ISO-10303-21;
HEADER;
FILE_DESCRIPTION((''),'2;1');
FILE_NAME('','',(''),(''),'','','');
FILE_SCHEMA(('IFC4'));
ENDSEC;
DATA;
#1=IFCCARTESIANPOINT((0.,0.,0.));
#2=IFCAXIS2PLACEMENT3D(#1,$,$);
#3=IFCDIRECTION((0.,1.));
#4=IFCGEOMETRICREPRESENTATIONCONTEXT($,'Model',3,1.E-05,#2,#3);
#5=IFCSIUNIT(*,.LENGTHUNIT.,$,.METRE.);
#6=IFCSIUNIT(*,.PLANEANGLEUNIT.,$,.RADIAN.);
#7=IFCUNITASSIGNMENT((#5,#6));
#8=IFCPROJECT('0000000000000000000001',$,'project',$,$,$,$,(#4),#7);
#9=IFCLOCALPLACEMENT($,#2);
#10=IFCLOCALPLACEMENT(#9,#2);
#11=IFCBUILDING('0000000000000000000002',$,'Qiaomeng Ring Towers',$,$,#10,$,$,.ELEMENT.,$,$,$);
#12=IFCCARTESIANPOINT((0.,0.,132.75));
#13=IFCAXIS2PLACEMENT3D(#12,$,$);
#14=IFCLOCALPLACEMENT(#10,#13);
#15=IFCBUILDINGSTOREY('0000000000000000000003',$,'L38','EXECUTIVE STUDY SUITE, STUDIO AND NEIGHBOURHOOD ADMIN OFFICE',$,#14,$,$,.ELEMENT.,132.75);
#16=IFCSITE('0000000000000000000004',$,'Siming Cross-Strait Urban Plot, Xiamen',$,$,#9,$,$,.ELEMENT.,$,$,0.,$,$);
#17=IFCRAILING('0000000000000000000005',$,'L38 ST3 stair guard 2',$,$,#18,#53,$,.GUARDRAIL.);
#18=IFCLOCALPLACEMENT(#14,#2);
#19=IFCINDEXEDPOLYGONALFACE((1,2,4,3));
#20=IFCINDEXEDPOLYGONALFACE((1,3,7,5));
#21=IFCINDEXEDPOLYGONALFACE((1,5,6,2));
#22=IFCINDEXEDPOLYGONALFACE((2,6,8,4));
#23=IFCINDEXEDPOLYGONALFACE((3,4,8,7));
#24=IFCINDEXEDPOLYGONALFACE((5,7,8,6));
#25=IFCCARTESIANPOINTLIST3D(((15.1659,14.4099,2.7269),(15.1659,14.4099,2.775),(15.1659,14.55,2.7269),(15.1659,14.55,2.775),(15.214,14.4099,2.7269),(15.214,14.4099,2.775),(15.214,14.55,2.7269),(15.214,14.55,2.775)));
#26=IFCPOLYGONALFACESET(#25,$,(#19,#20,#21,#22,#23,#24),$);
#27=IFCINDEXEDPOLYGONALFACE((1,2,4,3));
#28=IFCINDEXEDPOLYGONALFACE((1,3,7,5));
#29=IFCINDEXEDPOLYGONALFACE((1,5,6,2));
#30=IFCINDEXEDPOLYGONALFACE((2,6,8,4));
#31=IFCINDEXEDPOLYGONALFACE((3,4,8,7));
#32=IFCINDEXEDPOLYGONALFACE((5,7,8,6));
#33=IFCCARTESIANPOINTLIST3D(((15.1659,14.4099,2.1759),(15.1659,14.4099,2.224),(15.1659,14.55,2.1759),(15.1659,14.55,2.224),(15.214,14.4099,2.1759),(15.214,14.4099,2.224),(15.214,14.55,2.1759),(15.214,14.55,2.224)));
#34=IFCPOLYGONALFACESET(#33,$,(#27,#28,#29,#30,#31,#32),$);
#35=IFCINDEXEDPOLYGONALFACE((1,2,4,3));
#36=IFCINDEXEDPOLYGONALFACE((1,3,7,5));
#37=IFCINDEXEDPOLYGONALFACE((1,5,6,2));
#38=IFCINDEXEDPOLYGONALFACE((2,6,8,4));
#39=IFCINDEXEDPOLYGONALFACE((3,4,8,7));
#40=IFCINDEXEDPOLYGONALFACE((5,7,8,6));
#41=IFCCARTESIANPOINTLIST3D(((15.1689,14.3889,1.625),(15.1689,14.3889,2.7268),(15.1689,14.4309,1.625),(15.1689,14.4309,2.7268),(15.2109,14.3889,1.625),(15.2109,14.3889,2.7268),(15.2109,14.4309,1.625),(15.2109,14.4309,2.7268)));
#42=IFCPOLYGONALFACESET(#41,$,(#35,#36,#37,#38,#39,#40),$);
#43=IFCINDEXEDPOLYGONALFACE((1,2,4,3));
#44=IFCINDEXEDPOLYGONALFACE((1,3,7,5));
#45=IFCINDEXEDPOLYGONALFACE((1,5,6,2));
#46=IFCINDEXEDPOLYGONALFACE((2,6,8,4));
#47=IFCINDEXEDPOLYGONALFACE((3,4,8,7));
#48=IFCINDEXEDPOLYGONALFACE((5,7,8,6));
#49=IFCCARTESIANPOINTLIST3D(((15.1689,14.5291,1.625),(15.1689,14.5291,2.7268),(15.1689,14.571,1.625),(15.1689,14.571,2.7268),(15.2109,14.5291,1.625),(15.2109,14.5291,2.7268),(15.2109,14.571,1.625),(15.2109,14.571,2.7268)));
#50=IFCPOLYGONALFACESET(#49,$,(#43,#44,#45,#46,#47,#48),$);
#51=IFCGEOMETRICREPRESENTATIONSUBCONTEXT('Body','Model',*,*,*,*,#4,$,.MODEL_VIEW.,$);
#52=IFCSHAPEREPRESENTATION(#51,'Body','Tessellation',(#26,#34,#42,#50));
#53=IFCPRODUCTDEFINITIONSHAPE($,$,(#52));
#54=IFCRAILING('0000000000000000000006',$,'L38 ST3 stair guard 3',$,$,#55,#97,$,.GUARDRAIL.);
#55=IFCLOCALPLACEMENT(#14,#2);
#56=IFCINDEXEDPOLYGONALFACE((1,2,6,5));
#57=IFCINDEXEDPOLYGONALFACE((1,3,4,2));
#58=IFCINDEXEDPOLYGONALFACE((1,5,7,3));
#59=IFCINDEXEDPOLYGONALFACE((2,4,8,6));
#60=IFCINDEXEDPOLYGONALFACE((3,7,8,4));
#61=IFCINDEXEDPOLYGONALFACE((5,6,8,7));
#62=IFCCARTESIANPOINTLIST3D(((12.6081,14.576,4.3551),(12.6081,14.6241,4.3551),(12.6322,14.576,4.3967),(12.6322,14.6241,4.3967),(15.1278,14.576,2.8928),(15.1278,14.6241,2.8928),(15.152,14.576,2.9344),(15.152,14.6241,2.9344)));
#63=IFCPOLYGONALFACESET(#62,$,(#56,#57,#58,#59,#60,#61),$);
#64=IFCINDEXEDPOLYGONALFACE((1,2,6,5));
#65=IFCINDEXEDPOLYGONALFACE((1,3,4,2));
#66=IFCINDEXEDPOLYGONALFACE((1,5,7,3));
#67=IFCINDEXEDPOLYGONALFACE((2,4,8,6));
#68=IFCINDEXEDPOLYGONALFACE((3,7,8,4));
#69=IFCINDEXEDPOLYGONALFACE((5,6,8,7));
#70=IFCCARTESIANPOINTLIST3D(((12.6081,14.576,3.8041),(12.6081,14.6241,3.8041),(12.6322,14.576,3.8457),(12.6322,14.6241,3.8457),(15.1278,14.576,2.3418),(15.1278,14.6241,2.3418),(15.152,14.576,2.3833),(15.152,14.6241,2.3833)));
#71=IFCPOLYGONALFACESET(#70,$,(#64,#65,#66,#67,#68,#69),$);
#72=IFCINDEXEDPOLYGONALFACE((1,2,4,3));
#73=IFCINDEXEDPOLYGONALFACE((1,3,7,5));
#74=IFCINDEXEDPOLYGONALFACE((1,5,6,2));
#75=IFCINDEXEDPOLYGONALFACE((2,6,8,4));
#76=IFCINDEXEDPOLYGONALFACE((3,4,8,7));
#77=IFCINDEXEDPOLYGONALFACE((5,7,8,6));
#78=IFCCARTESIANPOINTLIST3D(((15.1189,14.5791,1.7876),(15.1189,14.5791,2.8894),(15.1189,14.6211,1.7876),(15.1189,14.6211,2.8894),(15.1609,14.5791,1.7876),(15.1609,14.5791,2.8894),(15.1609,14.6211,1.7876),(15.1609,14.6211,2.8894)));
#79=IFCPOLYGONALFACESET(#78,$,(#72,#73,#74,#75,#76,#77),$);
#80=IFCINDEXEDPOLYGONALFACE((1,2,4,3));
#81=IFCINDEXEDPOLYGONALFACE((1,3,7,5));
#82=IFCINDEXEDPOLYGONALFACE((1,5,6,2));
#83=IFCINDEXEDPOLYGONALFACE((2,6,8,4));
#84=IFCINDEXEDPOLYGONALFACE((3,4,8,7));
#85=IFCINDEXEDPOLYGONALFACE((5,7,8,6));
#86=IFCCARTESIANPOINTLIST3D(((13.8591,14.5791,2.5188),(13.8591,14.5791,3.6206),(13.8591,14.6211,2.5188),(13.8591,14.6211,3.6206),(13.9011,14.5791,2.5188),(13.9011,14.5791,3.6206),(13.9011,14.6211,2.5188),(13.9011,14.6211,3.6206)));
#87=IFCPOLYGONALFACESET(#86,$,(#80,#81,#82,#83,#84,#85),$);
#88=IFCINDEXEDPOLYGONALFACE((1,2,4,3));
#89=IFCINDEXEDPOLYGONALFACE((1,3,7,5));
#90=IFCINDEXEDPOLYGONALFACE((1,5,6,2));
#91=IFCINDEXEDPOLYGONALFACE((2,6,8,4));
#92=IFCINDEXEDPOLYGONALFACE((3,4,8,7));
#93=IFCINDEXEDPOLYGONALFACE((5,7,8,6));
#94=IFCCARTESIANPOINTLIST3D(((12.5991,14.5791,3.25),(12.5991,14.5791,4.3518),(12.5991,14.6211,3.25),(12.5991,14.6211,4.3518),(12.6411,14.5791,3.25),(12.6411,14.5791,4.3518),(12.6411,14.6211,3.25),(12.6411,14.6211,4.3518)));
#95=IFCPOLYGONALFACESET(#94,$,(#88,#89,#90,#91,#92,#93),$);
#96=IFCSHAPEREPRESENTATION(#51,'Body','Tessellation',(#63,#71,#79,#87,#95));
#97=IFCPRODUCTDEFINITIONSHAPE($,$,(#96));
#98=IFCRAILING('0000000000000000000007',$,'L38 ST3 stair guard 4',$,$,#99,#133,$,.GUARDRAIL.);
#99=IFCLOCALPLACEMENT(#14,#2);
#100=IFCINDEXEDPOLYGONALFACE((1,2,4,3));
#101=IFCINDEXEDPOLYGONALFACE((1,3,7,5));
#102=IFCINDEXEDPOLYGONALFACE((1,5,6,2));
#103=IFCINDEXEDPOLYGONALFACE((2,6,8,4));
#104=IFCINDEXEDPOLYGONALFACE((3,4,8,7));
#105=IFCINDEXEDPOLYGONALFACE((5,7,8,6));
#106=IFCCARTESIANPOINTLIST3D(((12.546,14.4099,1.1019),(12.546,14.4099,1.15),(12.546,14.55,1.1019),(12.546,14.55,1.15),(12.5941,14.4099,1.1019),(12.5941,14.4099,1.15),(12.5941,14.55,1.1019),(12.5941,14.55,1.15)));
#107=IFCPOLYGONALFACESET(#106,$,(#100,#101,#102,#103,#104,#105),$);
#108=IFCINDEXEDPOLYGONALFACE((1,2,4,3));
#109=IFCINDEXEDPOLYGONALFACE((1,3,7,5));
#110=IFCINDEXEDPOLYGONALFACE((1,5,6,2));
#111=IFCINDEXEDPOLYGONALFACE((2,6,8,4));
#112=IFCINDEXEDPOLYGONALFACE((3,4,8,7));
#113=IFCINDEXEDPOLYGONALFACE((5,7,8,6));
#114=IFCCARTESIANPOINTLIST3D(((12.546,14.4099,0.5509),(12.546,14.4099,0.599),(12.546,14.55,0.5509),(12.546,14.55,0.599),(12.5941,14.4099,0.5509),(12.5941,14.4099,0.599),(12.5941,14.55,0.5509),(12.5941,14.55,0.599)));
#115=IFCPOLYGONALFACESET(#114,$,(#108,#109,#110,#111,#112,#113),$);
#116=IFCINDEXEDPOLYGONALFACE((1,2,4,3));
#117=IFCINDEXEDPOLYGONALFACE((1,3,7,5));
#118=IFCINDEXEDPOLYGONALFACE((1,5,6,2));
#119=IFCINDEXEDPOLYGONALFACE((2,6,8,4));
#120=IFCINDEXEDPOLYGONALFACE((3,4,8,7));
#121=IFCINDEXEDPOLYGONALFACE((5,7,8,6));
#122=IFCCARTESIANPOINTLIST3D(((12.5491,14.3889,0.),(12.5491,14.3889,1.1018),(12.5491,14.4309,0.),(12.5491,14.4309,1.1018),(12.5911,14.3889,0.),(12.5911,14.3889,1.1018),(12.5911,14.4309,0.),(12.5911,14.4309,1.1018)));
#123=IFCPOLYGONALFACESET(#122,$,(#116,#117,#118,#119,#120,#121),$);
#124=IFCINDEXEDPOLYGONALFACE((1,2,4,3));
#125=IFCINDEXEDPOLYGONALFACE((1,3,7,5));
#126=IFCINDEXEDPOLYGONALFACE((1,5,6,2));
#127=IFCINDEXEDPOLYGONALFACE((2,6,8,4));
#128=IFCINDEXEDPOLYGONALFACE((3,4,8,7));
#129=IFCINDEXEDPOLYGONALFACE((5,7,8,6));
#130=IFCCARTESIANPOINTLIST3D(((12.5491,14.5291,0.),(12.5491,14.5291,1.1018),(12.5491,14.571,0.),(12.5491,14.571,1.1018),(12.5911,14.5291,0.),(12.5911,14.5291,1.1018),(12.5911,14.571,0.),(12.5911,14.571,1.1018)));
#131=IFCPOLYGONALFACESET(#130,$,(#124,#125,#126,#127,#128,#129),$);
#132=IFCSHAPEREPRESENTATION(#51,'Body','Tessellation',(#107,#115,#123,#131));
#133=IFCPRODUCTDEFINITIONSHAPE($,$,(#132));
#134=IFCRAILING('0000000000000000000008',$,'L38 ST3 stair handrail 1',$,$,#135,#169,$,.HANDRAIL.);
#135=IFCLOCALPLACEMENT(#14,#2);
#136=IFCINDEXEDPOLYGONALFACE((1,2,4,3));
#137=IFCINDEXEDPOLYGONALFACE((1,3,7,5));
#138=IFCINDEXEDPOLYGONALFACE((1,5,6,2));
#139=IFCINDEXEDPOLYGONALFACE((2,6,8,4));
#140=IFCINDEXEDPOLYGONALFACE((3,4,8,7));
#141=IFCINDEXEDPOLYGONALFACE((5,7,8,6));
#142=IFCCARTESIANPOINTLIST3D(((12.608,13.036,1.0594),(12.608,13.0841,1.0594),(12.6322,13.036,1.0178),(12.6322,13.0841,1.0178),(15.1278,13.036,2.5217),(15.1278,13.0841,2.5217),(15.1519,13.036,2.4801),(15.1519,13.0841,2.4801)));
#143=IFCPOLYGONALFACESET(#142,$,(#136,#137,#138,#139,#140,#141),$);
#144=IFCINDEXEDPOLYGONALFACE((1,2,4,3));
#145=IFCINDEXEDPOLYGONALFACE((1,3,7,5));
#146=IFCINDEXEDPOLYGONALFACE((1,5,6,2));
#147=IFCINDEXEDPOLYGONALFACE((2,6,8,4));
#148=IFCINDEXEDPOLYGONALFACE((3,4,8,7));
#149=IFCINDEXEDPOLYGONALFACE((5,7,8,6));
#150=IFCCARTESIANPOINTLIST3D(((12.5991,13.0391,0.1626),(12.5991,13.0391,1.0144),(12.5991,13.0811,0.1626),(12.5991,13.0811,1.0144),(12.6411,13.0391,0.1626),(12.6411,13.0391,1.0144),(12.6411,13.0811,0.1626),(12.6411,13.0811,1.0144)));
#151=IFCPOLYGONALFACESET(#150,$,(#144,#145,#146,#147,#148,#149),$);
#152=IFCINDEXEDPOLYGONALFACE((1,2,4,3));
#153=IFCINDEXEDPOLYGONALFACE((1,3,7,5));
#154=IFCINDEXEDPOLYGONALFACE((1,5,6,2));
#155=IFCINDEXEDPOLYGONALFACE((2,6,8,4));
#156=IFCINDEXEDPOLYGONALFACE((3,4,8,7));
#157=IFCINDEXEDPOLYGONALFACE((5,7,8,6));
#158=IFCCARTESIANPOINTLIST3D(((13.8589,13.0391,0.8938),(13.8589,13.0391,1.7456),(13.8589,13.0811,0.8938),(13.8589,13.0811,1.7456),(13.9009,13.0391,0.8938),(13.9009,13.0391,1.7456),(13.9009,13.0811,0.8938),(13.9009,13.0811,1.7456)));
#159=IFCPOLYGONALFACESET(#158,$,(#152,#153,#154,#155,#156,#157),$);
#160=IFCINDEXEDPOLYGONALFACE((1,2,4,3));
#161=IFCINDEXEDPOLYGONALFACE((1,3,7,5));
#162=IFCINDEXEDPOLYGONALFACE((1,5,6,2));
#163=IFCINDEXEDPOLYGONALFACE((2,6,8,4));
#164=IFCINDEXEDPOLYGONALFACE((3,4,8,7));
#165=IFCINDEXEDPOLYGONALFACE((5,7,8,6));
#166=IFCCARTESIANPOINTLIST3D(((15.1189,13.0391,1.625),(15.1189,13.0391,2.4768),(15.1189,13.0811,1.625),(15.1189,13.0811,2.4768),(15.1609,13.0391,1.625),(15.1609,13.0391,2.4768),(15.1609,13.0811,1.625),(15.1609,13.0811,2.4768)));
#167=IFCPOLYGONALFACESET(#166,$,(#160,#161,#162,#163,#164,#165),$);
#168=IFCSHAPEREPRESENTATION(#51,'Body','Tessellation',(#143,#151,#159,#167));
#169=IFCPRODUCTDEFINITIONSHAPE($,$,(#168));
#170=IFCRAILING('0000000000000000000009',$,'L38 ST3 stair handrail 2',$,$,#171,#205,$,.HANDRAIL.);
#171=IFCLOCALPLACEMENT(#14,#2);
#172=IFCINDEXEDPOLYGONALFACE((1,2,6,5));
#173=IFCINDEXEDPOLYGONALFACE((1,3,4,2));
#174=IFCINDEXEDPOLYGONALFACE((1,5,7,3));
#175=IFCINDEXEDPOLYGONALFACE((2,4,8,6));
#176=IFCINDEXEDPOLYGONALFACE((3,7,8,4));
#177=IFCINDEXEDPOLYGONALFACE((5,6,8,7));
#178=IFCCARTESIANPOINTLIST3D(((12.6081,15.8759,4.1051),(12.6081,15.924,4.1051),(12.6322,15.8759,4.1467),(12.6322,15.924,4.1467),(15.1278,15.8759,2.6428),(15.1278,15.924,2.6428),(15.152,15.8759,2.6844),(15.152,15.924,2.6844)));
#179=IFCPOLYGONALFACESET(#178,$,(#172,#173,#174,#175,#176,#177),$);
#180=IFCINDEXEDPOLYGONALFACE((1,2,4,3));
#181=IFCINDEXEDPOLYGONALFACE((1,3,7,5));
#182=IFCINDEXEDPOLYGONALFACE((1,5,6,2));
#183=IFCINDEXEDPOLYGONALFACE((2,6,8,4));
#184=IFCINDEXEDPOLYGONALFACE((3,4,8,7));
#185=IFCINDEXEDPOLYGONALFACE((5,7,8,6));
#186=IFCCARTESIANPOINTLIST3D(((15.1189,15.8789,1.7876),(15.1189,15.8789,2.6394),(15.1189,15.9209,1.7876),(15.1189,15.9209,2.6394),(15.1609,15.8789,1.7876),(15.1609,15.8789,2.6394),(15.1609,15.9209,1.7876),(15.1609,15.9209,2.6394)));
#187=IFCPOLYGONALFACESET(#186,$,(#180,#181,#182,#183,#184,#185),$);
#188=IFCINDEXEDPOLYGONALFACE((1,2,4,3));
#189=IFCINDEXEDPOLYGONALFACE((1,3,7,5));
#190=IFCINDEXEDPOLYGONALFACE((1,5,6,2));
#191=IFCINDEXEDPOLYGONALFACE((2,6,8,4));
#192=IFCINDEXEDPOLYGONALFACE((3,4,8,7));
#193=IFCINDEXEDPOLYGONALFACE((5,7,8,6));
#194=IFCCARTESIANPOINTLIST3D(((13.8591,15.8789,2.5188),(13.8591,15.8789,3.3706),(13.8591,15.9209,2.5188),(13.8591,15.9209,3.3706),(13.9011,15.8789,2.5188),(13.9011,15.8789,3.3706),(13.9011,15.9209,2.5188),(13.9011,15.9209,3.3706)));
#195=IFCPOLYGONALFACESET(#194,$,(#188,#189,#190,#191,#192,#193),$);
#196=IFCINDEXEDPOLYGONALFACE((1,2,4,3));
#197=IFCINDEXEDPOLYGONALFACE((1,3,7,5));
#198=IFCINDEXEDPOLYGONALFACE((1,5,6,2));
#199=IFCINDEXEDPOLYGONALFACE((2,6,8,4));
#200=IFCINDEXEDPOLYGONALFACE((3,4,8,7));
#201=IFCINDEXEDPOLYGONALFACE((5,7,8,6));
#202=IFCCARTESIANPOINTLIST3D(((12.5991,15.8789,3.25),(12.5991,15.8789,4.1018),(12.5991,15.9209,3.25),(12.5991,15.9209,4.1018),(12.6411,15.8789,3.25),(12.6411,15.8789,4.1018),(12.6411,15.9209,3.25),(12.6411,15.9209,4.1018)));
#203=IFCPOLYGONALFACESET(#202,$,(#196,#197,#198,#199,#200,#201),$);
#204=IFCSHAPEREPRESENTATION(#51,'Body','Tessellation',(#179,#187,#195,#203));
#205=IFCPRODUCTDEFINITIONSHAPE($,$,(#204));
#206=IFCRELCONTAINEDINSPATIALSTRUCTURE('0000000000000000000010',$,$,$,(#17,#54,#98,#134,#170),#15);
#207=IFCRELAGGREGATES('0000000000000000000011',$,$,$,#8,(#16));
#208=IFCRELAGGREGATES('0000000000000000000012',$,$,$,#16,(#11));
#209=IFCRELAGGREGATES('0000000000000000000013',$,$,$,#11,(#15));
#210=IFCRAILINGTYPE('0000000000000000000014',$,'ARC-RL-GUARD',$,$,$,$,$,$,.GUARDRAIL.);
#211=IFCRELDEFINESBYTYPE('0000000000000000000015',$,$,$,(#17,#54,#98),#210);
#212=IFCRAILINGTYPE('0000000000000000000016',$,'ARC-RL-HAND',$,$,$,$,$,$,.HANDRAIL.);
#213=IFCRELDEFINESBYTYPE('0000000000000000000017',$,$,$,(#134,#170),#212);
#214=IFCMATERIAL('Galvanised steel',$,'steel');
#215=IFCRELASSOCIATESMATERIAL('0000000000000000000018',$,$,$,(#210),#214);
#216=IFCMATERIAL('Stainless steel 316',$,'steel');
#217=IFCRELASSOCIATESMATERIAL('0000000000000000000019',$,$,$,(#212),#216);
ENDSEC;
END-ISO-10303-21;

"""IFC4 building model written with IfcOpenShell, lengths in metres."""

from ifc_helpers import new_model, si_unit, direction, frame, origin, origin_2d, place, context, subcontext, project, spatial, rectangle, extrude, material, type_object, element, save


model = new_model("IFC4")

# Units and contexts
model_context = context("Model", 3, precision=1e-05, world=origin(), true_north=direction((0.0, 1.0)))
body_context = subcontext(model_context, "Body", "Model", "MODEL_VIEW")
ifc_project = project(units=[si_unit("LENGTHUNIT", "METRE"), si_unit("PLANEANGLEUNIT", "RADIAN")], contexts=[model_context])

# Site, building, storey
site_placement = place(None, origin())
site = spatial("IfcSite", under=ifc_project, at=site_placement, Name="Siming Cross-Strait Urban Plot, Xiamen", CompositionType="ELEMENT", RefElevation=0.0)
building_placement = place(site_placement, origin())
building = spatial("IfcBuilding", under=site, at=building_placement, Name="Qiaomeng Ring Towers", CompositionType="ELEMENT")
storey_placement = place(building_placement, frame((0.0, 0.0, 132.75)))
storey = spatial("IfcBuildingStorey", under=building, at=storey_placement, Name="L38", Description="EXECUTIVE STUDY SUITE, STUDIO AND NEIGHBOURHOOD ADMIN OFFICE", CompositionType="ELEMENT", Elevation=132.75)

# Shared definitions
ifc_material_1 = material(Name="Galvanised steel", Category="steel")

# Railings
railing_type_1 = type_object("IfcRailingType", Name="ARC-RL-GUARD", PredefinedType="GUARDRAIL", material=ifc_material_1)
railing_1_placement = place(storey_placement, frame((15.1899, 14.4099, 1.625)))
element("IfcRailing", 1, at=railing_1_placement, inside=storey, type_object=railing_type_1, Name="L38 ST3 stair guard 2", PredefinedType="GUARDRAIL", context=body_context, shape_type="SweptSolid", body=[
    extrude(rectangle(XDim=0.0481, YDim=0.0481, at=origin_2d()), frame((0.0, 0.0, 1.126), z_axis=(0.0, 1.0, 0.0), x_axis=(-1.0, 0.0, 0.0)), (0.0, 0.0, 1.0), 0.1401),
    extrude(rectangle(XDim=0.0481, YDim=0.0481, at=origin_2d()), frame((0.0, 0.0, 0.575), z_axis=(0.0, 1.0, 0.0), x_axis=(-1.0, 0.0, 0.0)), (0.0, 0.0, 1.0), 0.1401),
    extrude(rectangle(XDim=0.042, YDim=0.042, at=origin_2d()), origin(), (0.0, 0.0, 1.0), 1.1018),
    extrude(rectangle(XDim=0.042, YDim=0.042, at=origin_2d()), frame((0.0, 0.1401, 0.0)), (0.0, 0.0, 1.0), 1.1018),
])
railing_2_placement = place(storey_placement, frame((15.1399, 14.6001, 1.7876)))
element("IfcRailing", 2, at=railing_2_placement, inside=storey, type_object=railing_type_1, Name="L38 ST3 stair guard 3", PredefinedType="GUARDRAIL", context=body_context, shape_type="SweptSolid", body=[
    extrude(rectangle(XDim=0.0481, YDim=0.0481, at=origin_2d()), frame((0.0, 0.0, 1.126), z_axis=(-0.864892, 0.0, 0.501958), x_axis=(0.0, -1.0, 0.0)), (0.0, 0.0, 1.0), 2.9133),
    extrude(rectangle(XDim=0.0481, YDim=0.0481, at=origin_2d()), frame((0.0, 0.0, 0.575), z_axis=(-0.864892, 0.0, 0.501958), x_axis=(0.0, -1.0, 0.0)), (0.0, 0.0, 1.0), 2.9133),
    extrude(rectangle(XDim=0.042, YDim=0.042, at=origin_2d()), origin(), (0.0, 0.0, 1.0), 1.1018),
    extrude(rectangle(XDim=0.042, YDim=0.042, at=origin_2d()), frame((-1.2598, 0.0, 0.7312)), (0.0, 0.0, 1.0), 1.1018),
    extrude(rectangle(XDim=0.042, YDim=0.042, at=origin_2d()), frame((-2.5198, 0.0, 1.4624)), (0.0, 0.0, 1.0), 1.1018),
])
railing_3_placement = place(storey_placement, frame((12.5701, 14.4099, 0.0)))
element("IfcRailing", 3, at=railing_3_placement, inside=storey, type_object=railing_type_1, Name="L38 ST3 stair guard 4", PredefinedType="GUARDRAIL", context=body_context, shape_type="SweptSolid", body=[
    extrude(rectangle(XDim=0.0481, YDim=0.0481, at=origin_2d()), frame((0.0, 0.0, 1.126), z_axis=(0.0, 1.0, 0.0), x_axis=(-1.0, 0.0, 0.0)), (0.0, 0.0, 1.0), 0.1401),
    extrude(rectangle(XDim=0.0481, YDim=0.0481, at=origin_2d()), frame((0.0, 0.0, 0.575), z_axis=(0.0, 1.0, 0.0), x_axis=(-1.0, 0.0, 0.0)), (0.0, 0.0, 1.0), 0.1401),
    extrude(rectangle(XDim=0.042, YDim=0.042, at=origin_2d()), origin(), (0.0, 0.0, 1.0), 1.1018),
    extrude(rectangle(XDim=0.042, YDim=0.042, at=origin_2d()), frame((0.0, 0.1401, 0.0)), (0.0, 0.0, 1.0), 1.1018),
])
ifc_material_2 = material(Name="Stainless steel 316", Category="steel")
railing_type_2 = type_object("IfcRailingType", Name="ARC-RL-HAND", PredefinedType="HANDRAIL", material=ifc_material_2)
railing_4_placement = place(storey_placement, frame((12.6201, 13.0601, 0.1626)))
element("IfcRailing", 4, at=railing_4_placement, inside=storey, type_object=railing_type_2, Name="L38 ST3 stair handrail 1", PredefinedType="HANDRAIL", context=body_context, shape_type="SweptSolid", body=[
    extrude(rectangle(XDim=0.0481, YDim=0.0481, at=origin_2d()), frame((0.0, 0.0, 0.876), z_axis=(0.864892, 0.0, 0.501958), x_axis=(0.0, 1.0, 0.0)), (0.0, 0.0, 1.0), 2.9133),
    extrude(rectangle(XDim=0.042, YDim=0.042, at=origin_2d()), origin(), (0.0, 0.0, 1.0), 0.8518),
    extrude(rectangle(XDim=0.042, YDim=0.042, at=origin_2d()), frame((1.2598, 0.0, 0.7312)), (0.0, 0.0, 1.0), 0.8518),
    extrude(rectangle(XDim=0.042, YDim=0.042, at=origin_2d()), frame((2.5198, 0.0, 1.4624)), (0.0, 0.0, 1.0), 0.8518),
])
railing_5_placement = place(storey_placement, frame((15.1399, 15.8999, 1.7876)))
element("IfcRailing", 5, at=railing_5_placement, inside=storey, type_object=railing_type_2, Name="L38 ST3 stair handrail 2", PredefinedType="HANDRAIL", context=body_context, shape_type="SweptSolid", body=[
    extrude(rectangle(XDim=0.0481, YDim=0.0481, at=origin_2d()), frame((0.0, 0.0, 0.876), z_axis=(-0.864892, 0.0, 0.501958), x_axis=(0.0, -1.0, 0.0)), (0.0, 0.0, 1.0), 2.9133),
    extrude(rectangle(XDim=0.042, YDim=0.042, at=origin_2d()), origin(), (0.0, 0.0, 1.0), 0.8518),
    extrude(rectangle(XDim=0.042, YDim=0.042, at=origin_2d()), frame((-1.2598, 0.0, 0.7312)), (0.0, 0.0, 1.0), 0.8518),
    extrude(rectangle(XDim=0.042, YDim=0.042, at=origin_2d()), frame((-2.5198, 0.0, 1.4624)), (0.0, 0.0, 1.0), 0.8518),
])

save(model, "model.ifc")
